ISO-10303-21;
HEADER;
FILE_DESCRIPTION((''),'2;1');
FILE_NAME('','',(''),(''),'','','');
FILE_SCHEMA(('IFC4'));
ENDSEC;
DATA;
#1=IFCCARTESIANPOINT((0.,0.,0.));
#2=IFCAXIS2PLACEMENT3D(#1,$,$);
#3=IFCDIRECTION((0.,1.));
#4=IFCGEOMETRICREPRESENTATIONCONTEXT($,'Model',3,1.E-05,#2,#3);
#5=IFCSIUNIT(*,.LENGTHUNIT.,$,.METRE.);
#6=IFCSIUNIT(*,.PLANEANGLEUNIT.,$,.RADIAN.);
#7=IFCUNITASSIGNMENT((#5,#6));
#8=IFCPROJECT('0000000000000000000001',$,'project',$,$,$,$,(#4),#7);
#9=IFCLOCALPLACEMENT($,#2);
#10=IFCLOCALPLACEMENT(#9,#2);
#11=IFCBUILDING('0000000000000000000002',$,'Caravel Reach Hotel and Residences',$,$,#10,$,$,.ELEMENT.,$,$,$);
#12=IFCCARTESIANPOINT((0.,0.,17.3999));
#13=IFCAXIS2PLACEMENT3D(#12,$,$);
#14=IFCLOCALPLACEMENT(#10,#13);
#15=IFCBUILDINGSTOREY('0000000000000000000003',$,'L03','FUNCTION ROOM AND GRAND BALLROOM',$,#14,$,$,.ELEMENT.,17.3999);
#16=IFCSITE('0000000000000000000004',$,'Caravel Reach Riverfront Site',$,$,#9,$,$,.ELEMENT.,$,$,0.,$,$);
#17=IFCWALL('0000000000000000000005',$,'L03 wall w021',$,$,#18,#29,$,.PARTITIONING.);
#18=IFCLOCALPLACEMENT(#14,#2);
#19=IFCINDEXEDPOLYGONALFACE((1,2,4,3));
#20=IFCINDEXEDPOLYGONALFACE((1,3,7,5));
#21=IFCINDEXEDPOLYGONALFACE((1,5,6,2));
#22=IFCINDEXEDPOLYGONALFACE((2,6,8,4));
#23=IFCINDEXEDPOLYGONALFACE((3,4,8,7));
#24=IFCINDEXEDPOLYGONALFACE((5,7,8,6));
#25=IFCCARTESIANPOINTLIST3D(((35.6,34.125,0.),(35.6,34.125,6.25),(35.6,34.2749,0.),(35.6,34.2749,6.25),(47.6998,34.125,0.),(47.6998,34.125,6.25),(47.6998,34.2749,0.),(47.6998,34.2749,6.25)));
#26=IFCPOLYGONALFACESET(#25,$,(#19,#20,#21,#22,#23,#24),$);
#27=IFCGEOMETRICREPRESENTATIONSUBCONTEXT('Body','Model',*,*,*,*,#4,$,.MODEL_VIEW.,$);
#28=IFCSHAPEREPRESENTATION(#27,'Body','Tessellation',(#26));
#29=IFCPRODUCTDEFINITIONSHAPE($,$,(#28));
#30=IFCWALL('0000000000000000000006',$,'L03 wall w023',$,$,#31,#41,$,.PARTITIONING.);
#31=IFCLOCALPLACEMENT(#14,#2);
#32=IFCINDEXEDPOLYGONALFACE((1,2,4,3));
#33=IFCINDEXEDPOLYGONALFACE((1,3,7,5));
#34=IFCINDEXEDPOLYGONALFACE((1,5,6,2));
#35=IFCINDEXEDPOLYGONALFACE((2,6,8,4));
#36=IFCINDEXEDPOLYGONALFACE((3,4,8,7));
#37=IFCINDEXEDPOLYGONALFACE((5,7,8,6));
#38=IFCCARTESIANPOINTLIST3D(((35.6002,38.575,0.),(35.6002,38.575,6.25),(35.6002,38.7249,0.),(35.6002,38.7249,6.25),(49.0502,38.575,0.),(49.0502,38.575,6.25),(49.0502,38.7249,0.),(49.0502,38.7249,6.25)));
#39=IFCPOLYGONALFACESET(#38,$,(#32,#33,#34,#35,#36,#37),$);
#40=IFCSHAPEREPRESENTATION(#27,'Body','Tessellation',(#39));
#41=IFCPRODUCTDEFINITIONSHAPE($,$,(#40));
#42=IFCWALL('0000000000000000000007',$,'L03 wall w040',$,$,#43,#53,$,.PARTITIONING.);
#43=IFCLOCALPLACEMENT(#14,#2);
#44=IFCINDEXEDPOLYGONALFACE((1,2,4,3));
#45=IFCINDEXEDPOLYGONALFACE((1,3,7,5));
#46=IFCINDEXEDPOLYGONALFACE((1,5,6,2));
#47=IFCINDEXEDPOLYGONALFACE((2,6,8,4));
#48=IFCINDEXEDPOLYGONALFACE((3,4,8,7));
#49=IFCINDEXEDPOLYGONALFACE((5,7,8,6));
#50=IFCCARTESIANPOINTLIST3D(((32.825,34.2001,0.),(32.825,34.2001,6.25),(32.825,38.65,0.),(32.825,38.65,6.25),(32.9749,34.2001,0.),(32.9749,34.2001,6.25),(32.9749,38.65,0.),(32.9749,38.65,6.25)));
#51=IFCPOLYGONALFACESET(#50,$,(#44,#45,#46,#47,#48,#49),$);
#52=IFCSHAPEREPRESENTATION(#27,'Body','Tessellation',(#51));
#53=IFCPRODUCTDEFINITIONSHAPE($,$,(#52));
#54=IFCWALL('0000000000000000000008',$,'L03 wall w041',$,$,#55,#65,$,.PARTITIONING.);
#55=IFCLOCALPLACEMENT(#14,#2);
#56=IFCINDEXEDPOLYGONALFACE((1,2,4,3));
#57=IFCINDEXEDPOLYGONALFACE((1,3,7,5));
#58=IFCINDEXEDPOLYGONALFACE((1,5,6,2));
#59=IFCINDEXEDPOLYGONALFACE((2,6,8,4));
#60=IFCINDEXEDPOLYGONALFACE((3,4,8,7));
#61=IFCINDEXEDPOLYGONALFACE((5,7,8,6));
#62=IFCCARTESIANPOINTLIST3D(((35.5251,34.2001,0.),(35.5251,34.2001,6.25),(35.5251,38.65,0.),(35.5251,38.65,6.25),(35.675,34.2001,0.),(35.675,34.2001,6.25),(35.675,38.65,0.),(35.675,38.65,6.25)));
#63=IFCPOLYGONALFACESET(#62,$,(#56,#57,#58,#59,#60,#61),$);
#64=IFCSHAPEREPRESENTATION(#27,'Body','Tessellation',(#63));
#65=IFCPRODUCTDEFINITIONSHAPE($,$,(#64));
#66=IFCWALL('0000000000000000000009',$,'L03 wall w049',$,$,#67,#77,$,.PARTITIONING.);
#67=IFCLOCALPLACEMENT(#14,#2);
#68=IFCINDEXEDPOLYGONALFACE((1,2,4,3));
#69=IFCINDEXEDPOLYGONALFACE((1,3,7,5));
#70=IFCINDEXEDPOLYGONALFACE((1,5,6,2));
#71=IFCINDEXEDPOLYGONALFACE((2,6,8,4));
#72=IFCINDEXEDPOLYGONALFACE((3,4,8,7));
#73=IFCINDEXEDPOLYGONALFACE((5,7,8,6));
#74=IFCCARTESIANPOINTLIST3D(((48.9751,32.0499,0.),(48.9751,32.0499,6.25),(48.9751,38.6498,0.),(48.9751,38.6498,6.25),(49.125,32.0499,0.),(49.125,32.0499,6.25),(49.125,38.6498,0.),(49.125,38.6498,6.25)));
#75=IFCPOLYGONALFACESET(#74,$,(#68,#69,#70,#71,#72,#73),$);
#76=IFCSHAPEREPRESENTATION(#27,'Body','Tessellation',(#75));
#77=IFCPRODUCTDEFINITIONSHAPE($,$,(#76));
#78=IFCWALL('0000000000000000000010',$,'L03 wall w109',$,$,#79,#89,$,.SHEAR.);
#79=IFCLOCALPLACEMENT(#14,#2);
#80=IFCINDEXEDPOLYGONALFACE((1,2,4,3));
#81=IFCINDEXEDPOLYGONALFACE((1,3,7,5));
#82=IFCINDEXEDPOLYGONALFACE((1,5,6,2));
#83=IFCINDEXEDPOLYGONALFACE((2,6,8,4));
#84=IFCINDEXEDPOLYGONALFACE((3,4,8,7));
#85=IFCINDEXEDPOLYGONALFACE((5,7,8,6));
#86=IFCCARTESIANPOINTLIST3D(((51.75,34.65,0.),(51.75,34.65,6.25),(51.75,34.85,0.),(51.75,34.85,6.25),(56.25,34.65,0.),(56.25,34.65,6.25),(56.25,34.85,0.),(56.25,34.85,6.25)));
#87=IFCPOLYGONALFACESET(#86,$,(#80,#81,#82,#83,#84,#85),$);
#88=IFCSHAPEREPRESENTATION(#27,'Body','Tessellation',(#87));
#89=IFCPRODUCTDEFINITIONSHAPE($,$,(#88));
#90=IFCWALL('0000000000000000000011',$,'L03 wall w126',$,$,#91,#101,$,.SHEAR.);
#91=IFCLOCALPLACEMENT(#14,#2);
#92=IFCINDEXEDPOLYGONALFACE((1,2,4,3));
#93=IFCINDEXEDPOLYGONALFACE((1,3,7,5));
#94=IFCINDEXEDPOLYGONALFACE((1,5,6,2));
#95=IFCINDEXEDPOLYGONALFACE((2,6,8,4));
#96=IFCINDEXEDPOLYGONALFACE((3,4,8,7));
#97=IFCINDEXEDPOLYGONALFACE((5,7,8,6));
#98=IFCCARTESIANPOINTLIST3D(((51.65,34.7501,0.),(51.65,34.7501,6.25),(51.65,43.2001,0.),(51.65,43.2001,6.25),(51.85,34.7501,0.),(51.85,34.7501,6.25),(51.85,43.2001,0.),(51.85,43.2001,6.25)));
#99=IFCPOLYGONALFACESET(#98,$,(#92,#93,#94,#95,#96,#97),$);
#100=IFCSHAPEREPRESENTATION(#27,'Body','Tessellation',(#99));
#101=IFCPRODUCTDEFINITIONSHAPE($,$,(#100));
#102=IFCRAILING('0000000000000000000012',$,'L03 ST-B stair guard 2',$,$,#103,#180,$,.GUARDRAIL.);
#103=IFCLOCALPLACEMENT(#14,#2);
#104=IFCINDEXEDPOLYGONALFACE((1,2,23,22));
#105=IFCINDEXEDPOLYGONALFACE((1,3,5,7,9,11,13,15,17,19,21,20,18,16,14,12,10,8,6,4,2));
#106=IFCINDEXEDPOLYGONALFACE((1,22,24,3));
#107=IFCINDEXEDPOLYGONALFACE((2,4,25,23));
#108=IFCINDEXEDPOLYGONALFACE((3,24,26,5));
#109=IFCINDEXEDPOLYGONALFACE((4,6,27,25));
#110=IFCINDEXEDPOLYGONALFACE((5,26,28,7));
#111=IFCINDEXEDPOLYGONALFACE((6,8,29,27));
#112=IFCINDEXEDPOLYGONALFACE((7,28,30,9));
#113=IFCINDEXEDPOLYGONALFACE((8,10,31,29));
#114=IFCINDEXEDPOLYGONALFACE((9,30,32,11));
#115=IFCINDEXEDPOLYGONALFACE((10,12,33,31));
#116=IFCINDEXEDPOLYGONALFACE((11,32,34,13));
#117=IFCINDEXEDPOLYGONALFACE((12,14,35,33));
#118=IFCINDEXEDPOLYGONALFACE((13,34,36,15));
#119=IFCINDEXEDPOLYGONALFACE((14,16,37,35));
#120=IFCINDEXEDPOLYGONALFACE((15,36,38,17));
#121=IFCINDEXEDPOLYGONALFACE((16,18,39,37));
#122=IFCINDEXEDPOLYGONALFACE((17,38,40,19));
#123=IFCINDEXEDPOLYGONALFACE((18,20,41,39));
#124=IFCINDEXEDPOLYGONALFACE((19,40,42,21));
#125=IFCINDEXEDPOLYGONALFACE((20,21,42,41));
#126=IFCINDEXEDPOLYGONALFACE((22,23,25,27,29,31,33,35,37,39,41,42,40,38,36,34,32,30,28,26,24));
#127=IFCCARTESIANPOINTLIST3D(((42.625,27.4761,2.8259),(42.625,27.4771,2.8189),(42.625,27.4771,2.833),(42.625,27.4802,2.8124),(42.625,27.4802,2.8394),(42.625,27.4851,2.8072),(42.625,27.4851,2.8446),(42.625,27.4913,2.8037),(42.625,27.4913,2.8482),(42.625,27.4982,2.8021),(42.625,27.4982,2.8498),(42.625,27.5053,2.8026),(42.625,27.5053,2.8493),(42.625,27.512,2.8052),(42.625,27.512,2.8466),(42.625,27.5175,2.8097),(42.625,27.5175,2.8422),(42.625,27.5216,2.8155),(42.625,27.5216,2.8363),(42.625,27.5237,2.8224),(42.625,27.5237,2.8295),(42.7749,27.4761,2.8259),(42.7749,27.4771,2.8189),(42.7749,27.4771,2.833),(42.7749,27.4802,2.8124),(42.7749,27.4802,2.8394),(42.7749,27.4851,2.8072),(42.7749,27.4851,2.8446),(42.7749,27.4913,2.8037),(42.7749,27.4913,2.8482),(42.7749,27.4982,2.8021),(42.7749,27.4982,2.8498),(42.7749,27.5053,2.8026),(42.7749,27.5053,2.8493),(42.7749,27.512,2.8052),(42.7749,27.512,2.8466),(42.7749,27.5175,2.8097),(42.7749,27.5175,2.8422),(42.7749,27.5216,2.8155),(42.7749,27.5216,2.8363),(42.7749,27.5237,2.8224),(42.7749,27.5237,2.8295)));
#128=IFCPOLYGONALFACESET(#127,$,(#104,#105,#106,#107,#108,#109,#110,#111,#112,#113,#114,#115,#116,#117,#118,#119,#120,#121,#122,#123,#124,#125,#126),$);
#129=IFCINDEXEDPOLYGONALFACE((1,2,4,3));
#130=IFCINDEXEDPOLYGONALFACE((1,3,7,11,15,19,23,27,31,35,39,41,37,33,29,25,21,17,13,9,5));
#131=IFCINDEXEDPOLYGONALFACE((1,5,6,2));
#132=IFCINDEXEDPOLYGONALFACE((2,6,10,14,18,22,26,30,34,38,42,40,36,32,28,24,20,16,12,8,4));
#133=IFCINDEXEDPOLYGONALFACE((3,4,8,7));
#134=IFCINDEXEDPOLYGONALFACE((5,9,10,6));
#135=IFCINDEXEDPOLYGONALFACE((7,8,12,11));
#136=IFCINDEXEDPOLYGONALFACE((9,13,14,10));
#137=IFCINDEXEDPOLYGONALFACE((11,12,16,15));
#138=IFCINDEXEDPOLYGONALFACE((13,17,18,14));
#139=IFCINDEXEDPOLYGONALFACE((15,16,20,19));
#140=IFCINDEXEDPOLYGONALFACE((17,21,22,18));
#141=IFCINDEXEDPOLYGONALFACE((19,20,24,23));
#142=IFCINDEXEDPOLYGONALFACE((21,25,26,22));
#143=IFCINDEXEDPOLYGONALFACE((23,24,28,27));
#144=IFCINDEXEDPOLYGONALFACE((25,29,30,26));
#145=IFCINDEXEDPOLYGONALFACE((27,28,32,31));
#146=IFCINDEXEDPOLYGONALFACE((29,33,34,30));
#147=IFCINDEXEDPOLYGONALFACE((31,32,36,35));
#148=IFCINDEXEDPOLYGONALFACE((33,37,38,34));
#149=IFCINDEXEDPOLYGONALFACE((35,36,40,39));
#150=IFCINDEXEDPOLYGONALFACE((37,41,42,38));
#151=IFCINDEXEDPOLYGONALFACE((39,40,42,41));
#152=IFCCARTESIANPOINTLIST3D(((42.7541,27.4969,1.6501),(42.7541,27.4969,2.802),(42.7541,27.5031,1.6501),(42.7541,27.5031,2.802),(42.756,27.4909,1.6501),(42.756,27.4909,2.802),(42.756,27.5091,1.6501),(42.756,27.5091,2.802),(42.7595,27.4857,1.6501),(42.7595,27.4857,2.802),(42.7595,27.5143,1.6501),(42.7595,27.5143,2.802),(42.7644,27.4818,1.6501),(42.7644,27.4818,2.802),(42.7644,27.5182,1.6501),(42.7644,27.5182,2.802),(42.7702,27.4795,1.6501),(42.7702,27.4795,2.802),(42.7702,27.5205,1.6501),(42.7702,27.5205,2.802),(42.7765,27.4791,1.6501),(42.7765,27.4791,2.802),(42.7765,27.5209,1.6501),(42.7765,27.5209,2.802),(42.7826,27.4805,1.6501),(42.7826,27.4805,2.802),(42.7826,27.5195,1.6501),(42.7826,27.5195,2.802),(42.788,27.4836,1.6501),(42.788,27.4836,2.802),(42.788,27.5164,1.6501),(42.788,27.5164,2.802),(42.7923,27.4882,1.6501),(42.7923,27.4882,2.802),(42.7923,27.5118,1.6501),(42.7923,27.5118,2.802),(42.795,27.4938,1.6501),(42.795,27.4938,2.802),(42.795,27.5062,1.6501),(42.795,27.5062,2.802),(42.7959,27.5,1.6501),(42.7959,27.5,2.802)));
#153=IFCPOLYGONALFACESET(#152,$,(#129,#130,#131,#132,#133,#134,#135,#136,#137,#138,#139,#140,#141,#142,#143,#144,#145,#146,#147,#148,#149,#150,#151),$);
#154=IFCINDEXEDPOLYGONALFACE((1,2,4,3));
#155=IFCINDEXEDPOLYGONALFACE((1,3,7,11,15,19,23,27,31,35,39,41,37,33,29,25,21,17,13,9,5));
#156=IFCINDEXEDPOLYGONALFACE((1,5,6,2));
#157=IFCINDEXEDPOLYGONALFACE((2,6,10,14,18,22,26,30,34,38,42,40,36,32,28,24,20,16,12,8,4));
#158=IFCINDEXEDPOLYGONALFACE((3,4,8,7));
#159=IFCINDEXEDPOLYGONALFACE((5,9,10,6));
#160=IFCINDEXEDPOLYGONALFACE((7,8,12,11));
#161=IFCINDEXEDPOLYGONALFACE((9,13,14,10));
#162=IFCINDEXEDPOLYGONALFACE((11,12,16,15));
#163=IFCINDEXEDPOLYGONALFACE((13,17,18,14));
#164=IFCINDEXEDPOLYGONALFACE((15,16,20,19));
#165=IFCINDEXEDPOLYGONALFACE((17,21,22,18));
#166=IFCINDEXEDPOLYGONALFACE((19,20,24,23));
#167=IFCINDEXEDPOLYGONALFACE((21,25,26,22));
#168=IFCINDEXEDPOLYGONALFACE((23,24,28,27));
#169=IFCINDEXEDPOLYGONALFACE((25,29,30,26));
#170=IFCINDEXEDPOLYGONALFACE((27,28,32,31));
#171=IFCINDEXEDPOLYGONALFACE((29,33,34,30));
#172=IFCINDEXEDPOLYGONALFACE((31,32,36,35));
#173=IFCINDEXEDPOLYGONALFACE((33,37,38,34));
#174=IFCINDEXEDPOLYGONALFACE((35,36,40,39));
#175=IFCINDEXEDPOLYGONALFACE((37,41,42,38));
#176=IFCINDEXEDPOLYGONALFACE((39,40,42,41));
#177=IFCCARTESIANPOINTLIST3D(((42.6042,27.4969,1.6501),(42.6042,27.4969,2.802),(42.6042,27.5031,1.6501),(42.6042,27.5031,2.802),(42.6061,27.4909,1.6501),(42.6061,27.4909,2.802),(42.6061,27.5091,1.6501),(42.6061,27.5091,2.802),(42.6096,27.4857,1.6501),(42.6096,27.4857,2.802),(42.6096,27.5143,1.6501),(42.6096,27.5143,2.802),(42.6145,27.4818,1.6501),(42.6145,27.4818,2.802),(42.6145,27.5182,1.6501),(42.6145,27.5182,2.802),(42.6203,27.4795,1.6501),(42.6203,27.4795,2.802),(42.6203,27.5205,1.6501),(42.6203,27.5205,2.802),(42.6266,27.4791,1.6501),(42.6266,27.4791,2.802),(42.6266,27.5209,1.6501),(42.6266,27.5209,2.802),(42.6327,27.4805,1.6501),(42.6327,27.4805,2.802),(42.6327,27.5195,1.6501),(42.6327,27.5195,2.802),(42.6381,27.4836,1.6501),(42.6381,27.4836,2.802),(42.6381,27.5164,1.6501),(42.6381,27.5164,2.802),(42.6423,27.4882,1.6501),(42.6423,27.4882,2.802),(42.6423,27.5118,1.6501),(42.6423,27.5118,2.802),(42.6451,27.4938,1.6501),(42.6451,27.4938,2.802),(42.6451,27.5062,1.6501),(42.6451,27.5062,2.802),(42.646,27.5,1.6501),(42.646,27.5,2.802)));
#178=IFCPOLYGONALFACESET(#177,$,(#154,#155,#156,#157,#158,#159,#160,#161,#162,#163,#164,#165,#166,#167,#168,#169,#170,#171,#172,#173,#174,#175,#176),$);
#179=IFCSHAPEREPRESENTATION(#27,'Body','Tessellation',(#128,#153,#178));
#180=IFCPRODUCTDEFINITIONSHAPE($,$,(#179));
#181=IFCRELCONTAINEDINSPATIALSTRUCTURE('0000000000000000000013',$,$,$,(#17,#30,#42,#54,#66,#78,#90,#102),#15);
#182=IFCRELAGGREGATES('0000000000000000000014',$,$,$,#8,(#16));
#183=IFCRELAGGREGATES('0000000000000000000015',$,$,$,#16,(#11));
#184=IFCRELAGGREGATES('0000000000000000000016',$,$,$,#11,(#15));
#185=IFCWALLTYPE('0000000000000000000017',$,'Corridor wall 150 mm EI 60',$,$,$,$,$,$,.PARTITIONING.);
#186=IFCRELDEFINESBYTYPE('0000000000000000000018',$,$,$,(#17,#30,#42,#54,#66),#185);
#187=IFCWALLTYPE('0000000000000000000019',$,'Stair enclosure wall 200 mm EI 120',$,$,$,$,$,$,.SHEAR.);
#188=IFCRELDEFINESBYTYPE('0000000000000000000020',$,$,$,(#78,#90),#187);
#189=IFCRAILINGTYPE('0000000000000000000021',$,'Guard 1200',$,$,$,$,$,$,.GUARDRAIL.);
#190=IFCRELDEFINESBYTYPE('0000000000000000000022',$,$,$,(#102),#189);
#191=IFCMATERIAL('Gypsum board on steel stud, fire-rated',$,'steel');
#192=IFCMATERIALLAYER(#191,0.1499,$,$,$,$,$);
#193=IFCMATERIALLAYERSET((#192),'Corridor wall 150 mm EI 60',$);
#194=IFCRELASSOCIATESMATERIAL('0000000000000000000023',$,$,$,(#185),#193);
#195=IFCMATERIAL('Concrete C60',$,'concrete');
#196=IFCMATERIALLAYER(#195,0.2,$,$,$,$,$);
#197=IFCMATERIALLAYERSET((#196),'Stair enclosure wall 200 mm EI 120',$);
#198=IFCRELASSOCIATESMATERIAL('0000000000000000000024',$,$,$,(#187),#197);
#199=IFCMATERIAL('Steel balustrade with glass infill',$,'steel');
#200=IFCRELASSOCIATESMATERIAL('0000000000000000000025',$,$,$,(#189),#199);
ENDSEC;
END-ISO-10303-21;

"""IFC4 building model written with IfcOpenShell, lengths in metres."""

from ifc_helpers import new_model, si_unit, direction, frame, frame_2d, origin, origin_2d, place, context, subcontext, project, spatial, rectangle, circle, extrude, material, layer, layer_set, type_object, element, save


model = new_model("IFC4")

# Units and contexts
model_context = context("Model", 3, precision=1e-05, world=origin(), true_north=direction((0.0, 1.0)))
body_context = subcontext(model_context, "Body", "Model", "MODEL_VIEW")
ifc_project = project(units=[si_unit("LENGTHUNIT", "METRE"), si_unit("PLANEANGLEUNIT", "RADIAN")], contexts=[model_context])

# Site, building, storey
site_placement = place(None, origin())
site = spatial("IfcSite", under=ifc_project, at=site_placement, Name="Caravel Reach Riverfront Site", CompositionType="ELEMENT", RefElevation=0.0)
building_placement = place(site_placement, origin())
building = spatial("IfcBuilding", under=site, at=building_placement, Name="Caravel Reach Hotel and Residences", CompositionType="ELEMENT")
storey_placement = place(building_placement, frame((0.0, 0.0, 17.3999)))
storey = spatial("IfcBuildingStorey", under=building, at=storey_placement, Name="L03", Description="FUNCTION ROOM AND GRAND BALLROOM", CompositionType="ELEMENT", Elevation=17.3999)

# Walls
ifc_material_1 = material(Name="Gypsum board on steel stud, fire-rated", Category="steel")
ifc_layer_1 = layer(ifc_material_1, 0.1499)
ifc_layer_set_1 = layer_set([ifc_layer_1], Name="Corridor wall 150 mm EI 60")
wall_type_1 = type_object("IfcWallType", Name="Corridor wall 150 mm EI 60", PredefinedType="PARTITIONING", material=ifc_layer_set_1)
wall_1_placement = place(storey_placement, frame((35.6001, 34.2, 0.0), z_axis=(0.0, 0.0, 1.0), x_axis=(1.0, 0.0, 0.0)))
element("IfcWall", 1, at=wall_1_placement, inside=storey, type_object=wall_type_1, Name="L03 wall w021", PredefinedType="PARTITIONING", context=body_context, shape_type="SweptSolid", body=[
    extrude(rectangle(XDim=12.0999, YDim=0.1499, at=frame_2d((6.0498, 0.0))), origin(), (0.0, 0.0, 1.0), 6.25),
])
wall_2_placement = place(storey_placement, frame((35.6001, 38.6499, 0.0), z_axis=(0.0, 0.0, 1.0), x_axis=(1.0, 0.0, 0.0)))
element("IfcWall", 2, at=wall_2_placement, inside=storey, type_object=wall_type_1, Name="L03 wall w023", PredefinedType="PARTITIONING", context=body_context, shape_type="SweptSolid", body=[
    extrude(rectangle(XDim=13.45, YDim=0.1499, at=frame_2d((6.7251, 0.0))), origin(), (0.0, 0.0, 1.0), 6.25),
])
for number, where, z_axis, x_axis, name in (
    (3, (32.8999, 34.2, 0.0), (0.0, 0.0, 1.0), (0.0, 1.0, 0.0), "L03 wall w040"),
    (4, (35.6001, 34.2, 0.0), (0.0, 0.0, 1.0), (0.0, 1.0, 0.0), "L03 wall w041"),
):
    element("IfcWall", number, at=place(storey_placement, frame(where, z_axis=z_axis, x_axis=x_axis)), inside=storey, type_object=wall_type_1, Name=name, PredefinedType="PARTITIONING", context=body_context, shape_type="SweptSolid", body=[
        extrude(rectangle(XDim=4.45, YDim=0.1499, at=frame_2d((2.2251, 0.0))), origin(), (0.0, 0.0, 1.0), 6.25),
    ])
wall_3_placement = place(storey_placement, frame((49.05, 32.05, 0.0), z_axis=(0.0, 0.0, 1.0), x_axis=(0.0, 1.0, 0.0)))
element("IfcWall", 5, at=wall_3_placement, inside=storey, type_object=wall_type_1, Name="L03 wall w049", PredefinedType="PARTITIONING", context=body_context, shape_type="SweptSolid", body=[
    extrude(rectangle(XDim=6.5999, YDim=0.1499, at=frame_2d((3.2998, 0.0))), origin(), (0.0, 0.0, 1.0), 6.25),
])
ifc_material_2 = material(Name="Concrete C60", Category="concrete")
ifc_layer_2 = layer(ifc_material_2, 0.2)
ifc_layer_set_2 = layer_set([ifc_layer_2], Name="Stair enclosure wall 200 mm EI 120")
wall_type_2 = type_object("IfcWallType", Name="Stair enclosure wall 200 mm EI 120", PredefinedType="SHEAR", material=ifc_layer_set_2)
wall_4_placement = place(storey_placement, frame((51.75, 34.75, 0.0), z_axis=(0.0, 0.0, 1.0), x_axis=(1.0, 0.0, 0.0)))
element("IfcWall", 6, at=wall_4_placement, inside=storey, type_object=wall_type_2, Name="L03 wall w109", PredefinedType="SHEAR", context=body_context, shape_type="SweptSolid", body=[
    extrude(rectangle(XDim=4.5, YDim=0.2, at=frame_2d((2.25, 0.0))), origin(), (0.0, 0.0, 1.0), 6.25),
])
wall_5_placement = place(storey_placement, frame((51.75, 34.75, 0.0), z_axis=(0.0, 0.0, 1.0), x_axis=(0.0, 1.0, 0.0)))
element("IfcWall", 7, at=wall_5_placement, inside=storey, type_object=wall_type_2, Name="L03 wall w126", PredefinedType="SHEAR", context=body_context, shape_type="SweptSolid", body=[
    extrude(rectangle(XDim=8.45, YDim=0.2, at=frame_2d((4.2251, 0.0))), origin(), (0.0, 0.0, 1.0), 6.25),
])

# Railing
ifc_material_3 = material(Name="Steel balustrade with glass infill", Category="steel")
railing_type_1 = type_object("IfcRailingType", Name="Guard 1200", PredefinedType="GUARDRAIL", material=ifc_material_3)
railing_1_placement = place(storey_placement, frame((42.7749, 27.5, 1.6501)))
element("IfcRailing", 8, at=railing_1_placement, inside=storey, type_object=railing_type_1, Name="L03 ST-B stair guard 2", PredefinedType="GUARDRAIL", context=body_context, shape_type="SweptSolid", body=[
    extrude(circle(Radius=0.0239, at=origin_2d()), frame((0.0, 0.0, 1.1758), z_axis=(-1.0, 0.0, 0.0), x_axis=(0.0, -1.0, 0.0)), (0.0, 0.0, 1.0), 0.1499),
    extrude(circle(Radius=0.021, at=origin_2d()), origin(), (0.0, 0.0, 1.0), 1.1519),
    extrude(circle(Radius=0.021, at=origin_2d()), frame((-0.1499, 0.0, 0.0)), (0.0, 0.0, 1.0), 1.1519),
])

save(model, "model.ifc")
